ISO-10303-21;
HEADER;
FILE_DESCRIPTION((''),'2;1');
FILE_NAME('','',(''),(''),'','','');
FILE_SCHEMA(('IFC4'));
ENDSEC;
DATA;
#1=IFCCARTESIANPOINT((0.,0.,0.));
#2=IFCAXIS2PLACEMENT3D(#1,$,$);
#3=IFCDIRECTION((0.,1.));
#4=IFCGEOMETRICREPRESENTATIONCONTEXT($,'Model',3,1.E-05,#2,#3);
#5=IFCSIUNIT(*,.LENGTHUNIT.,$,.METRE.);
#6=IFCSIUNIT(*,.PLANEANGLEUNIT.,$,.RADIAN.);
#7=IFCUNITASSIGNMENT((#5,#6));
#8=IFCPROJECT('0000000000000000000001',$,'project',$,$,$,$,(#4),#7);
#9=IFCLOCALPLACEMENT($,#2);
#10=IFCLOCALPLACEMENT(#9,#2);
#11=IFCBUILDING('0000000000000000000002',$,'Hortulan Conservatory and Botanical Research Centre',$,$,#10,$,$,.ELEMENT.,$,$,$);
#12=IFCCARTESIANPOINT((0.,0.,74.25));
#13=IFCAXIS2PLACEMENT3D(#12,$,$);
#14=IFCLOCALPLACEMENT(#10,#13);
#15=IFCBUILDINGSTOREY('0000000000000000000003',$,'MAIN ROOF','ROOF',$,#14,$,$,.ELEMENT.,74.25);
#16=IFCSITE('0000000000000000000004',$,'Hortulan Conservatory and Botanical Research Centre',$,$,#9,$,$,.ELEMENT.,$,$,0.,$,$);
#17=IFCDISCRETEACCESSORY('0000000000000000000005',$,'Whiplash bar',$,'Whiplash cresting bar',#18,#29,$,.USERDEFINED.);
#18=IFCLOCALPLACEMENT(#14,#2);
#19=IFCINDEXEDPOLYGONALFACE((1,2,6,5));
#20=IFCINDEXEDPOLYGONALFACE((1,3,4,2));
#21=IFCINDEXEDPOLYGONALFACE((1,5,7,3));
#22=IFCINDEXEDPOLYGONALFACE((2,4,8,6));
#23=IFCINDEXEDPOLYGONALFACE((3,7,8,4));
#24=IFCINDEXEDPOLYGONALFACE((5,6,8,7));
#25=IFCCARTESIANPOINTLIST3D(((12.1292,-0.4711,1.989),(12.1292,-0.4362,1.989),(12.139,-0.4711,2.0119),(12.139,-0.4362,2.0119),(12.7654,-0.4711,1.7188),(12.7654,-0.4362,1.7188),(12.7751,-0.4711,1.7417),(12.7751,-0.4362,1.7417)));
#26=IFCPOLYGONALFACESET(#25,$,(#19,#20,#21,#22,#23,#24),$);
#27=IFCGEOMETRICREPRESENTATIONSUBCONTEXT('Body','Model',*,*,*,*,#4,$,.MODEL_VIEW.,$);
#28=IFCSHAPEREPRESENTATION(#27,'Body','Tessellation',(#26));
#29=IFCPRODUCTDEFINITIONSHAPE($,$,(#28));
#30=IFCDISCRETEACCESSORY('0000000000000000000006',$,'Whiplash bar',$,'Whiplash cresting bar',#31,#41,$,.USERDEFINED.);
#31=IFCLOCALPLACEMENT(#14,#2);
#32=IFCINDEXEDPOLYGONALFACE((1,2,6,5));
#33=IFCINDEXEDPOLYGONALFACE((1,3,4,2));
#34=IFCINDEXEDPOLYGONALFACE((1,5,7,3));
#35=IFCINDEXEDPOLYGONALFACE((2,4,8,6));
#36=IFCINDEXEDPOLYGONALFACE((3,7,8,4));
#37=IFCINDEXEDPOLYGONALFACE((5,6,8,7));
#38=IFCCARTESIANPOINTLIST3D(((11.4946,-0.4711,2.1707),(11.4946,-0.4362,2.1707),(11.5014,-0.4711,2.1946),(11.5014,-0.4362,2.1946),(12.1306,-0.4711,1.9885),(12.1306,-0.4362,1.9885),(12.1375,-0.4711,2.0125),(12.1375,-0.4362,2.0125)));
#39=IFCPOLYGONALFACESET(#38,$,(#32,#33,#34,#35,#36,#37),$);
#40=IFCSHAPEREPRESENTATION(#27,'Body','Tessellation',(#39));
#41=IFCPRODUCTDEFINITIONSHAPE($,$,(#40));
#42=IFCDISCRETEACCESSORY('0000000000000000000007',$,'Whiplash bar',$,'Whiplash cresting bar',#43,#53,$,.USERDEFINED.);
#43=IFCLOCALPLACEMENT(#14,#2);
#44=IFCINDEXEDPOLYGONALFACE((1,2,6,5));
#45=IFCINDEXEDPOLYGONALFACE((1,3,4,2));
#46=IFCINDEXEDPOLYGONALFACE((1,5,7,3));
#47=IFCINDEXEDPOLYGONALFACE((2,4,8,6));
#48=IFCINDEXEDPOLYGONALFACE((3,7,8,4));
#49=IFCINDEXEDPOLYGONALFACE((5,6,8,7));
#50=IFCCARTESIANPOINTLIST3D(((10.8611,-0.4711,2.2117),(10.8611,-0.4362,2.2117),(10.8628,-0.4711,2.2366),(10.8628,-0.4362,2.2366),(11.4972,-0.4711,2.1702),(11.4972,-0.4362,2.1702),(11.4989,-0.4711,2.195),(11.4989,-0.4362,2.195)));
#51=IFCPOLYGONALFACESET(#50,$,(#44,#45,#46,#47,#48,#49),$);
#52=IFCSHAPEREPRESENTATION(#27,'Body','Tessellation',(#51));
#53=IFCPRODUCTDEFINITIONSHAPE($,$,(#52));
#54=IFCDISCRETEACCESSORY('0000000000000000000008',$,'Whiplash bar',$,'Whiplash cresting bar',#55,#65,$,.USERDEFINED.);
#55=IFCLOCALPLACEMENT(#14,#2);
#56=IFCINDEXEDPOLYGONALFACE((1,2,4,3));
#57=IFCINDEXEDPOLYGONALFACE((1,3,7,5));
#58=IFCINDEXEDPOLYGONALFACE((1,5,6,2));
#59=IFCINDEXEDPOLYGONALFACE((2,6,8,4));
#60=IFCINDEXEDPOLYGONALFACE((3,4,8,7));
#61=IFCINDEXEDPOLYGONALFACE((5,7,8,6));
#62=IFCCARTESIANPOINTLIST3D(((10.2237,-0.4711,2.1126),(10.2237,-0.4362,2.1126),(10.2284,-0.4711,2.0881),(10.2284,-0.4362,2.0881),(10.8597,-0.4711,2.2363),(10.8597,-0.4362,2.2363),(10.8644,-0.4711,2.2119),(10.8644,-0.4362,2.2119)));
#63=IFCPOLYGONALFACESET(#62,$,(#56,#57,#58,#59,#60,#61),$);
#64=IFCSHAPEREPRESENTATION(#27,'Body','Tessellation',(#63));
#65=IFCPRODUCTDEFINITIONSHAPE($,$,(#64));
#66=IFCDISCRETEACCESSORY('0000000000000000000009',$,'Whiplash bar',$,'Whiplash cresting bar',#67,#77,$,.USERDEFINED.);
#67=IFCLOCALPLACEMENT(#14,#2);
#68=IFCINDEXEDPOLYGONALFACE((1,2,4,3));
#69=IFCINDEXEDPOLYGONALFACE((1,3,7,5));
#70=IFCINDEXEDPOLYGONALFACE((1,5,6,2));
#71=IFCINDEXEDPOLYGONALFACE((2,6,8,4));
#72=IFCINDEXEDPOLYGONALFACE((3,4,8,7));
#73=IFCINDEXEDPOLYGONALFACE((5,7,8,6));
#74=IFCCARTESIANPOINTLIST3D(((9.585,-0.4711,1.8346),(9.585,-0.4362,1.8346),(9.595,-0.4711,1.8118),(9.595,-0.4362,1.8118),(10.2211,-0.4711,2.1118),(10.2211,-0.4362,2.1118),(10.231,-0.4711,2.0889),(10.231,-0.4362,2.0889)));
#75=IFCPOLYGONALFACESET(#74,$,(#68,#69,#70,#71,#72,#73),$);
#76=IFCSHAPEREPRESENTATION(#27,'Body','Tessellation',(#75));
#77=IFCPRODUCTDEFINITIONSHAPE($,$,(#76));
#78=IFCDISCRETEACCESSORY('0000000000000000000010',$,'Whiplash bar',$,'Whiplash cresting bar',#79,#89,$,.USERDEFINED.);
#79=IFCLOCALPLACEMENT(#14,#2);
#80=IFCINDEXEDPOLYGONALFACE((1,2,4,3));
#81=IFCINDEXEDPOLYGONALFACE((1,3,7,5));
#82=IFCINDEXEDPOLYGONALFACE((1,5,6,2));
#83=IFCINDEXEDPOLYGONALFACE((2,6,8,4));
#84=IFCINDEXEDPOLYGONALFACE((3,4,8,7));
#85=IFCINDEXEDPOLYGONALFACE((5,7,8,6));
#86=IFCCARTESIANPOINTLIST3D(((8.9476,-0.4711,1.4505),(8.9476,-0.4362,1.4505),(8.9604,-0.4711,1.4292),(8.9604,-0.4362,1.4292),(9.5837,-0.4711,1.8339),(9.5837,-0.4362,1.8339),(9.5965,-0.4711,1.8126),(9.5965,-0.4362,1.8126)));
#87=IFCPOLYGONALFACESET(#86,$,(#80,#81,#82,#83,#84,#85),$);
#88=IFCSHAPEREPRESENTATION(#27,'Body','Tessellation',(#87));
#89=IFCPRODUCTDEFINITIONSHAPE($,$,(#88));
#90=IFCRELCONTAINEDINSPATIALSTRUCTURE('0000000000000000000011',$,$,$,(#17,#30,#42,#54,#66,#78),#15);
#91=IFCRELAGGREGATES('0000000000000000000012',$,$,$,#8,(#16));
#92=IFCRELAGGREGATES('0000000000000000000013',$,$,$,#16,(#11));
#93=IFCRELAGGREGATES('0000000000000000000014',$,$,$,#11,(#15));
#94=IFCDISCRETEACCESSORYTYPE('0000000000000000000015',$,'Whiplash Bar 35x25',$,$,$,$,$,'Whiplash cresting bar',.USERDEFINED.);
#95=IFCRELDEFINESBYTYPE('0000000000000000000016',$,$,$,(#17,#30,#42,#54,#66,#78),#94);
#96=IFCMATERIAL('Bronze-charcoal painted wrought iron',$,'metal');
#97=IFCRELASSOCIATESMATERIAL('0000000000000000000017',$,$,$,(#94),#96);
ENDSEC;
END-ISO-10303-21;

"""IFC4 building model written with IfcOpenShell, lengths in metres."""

from ifc_helpers import new_model, si_unit, direction, frame, origin, origin_2d, place, context, subcontext, project, spatial, rectangle, extrude, material, material_profile, profile_set, type_object, element, save


model = new_model("IFC4")

# Units and contexts
model_context = context("Model", 3, precision=1e-05, world=origin(), true_north=direction((0.0, 1.0)))
body_context = subcontext(model_context, "Body", "Model", "MODEL_VIEW")
ifc_project = project(units=[si_unit("LENGTHUNIT", "METRE"), si_unit("PLANEANGLEUNIT", "RADIAN")], contexts=[model_context])

# Site, building, storey
site_placement = place(None, origin())
site = spatial("IfcSite", under=ifc_project, at=site_placement, Name="Hortulan Conservatory and Botanical Research Centre", CompositionType="ELEMENT", RefElevation=0.0)
building_placement = place(site_placement, origin())
building = spatial("IfcBuilding", under=site, at=building_placement, Name="Hortulan Conservatory and Botanical Research Centre", CompositionType="ELEMENT")
storey_placement = place(building_placement, frame((0.0, 0.0, 74.25)))
storey = spatial("IfcBuildingStorey", under=building, at=storey_placement, Name="MAIN ROOF", Description="ROOF", CompositionType="ELEMENT", Elevation=74.25)

# Discrete accessories
ifc_material = material(Name="Bronze-charcoal painted wrought iron", Category="metal")
ifc_material_profile_1 = material_profile(ifc_material, rectangle(XDim=0.0349, YDim=0.0249, at=origin_2d()), Name="Flat bar 35x25")
ifc_profile_set_1 = profile_set([ifc_material_profile_1], Name="Bronze-charcoal painted wrought iron")
discrete_accessory_type_1 = type_object("IfcDiscreteAccessoryType", Name="Whiplash Bar 35x25", ElementType="Whiplash cresting bar", PredefinedType="USERDEFINED", material=ifc_profile_set_1)
discrete_accessory_1_placement = place(storey_placement, frame((12.7703, -0.4536, 1.7302), z_axis=(-0.920401, 0.0, 0.390976), x_axis=(0.0, -1.0, 0.0)))
element("IfcDiscreteAccessory", 1, at=discrete_accessory_1_placement, inside=storey, type_object=discrete_accessory_type_1, Name="Whiplash bar", ObjectType="Whiplash cresting bar", PredefinedType="USERDEFINED", context=body_context, shape_type="SweptSolid", body=[
    extrude(rectangle(XDim=0.0349, YDim=0.0249, at=origin_2d()), origin(), (0.0, 0.0, 1.0), 0.6912),
])
discrete_accessory_2_placement = place(storey_placement, frame((12.134, -0.4536, 2.0005), z_axis=(-0.961357, 0.0, 0.275306), x_axis=(0.0, -1.0, 0.0)))
element("IfcDiscreteAccessory", 2, at=discrete_accessory_2_placement, inside=storey, type_object=discrete_accessory_type_1, Name="Whiplash bar", ObjectType="Whiplash cresting bar", PredefinedType="USERDEFINED", context=body_context, shape_type="SweptSolid", body=[
    extrude(rectangle(XDim=0.0349, YDim=0.0249, at=origin_2d()), origin(), (0.0, 0.0, 1.0), 0.6616),
])
discrete_accessory_3_placement = place(storey_placement, frame((11.498, -0.4536, 2.1826), z_axis=(-0.997877, 0.0, 0.065121), x_axis=(0.0, -1.0, 0.0)))
element("IfcDiscreteAccessory", 3, at=discrete_accessory_3_placement, inside=storey, type_object=discrete_accessory_type_1, Name="Whiplash bar", ObjectType="Whiplash cresting bar", PredefinedType="USERDEFINED", context=body_context, shape_type="SweptSolid", body=[
    extrude(rectangle(XDim=0.0349, YDim=0.0249, at=origin_2d()), origin(), (0.0, 0.0, 1.0), 0.6375),
])
discrete_accessory_4_placement = place(storey_placement, frame((10.8621, -0.4536, 2.2241), z_axis=(-0.981582, 0.0, -0.191041), x_axis=(0.0, -1.0, 0.0)))
element("IfcDiscreteAccessory", 4, at=discrete_accessory_4_placement, inside=storey, type_object=discrete_accessory_type_1, Name="Whiplash bar", ObjectType="Whiplash cresting bar", PredefinedType="USERDEFINED", context=body_context, shape_type="SweptSolid", body=[
    extrude(rectangle(XDim=0.0349, YDim=0.0249, at=origin_2d()), origin(), (0.0, 0.0, 1.0), 0.6479),
])
discrete_accessory_5_placement = place(storey_placement, frame((10.2261, -0.4536, 2.1003), z_axis=(-0.916762, 0.0, -0.399434), x_axis=(0.0, -1.0, 0.0)))
element("IfcDiscreteAccessory", 5, at=discrete_accessory_5_placement, inside=storey, type_object=discrete_accessory_type_1, Name="Whiplash bar", ObjectType="Whiplash cresting bar", PredefinedType="USERDEFINED", context=body_context, shape_type="SweptSolid", body=[
    extrude(rectangle(XDim=0.0349, YDim=0.0249, at=origin_2d()), origin(), (0.0, 0.0, 1.0), 0.6938),
])
discrete_accessory_6_placement = place(storey_placement, frame((9.5901, -0.4536, 1.8232), z_axis=(-0.856476, 0.0, -0.516187), x_axis=(0.0, -1.0, 0.0)))
element("IfcDiscreteAccessory", 6, at=discrete_accessory_6_placement, inside=storey, type_object=discrete_accessory_type_1, Name="Whiplash bar", ObjectType="Whiplash cresting bar", PredefinedType="USERDEFINED", context=body_context, shape_type="SweptSolid", body=[
    extrude(rectangle(XDim=0.0349, YDim=0.0249, at=origin_2d()), origin(), (0.0, 0.0, 1.0), 0.7427),
])

save(model, "model.ifc")
